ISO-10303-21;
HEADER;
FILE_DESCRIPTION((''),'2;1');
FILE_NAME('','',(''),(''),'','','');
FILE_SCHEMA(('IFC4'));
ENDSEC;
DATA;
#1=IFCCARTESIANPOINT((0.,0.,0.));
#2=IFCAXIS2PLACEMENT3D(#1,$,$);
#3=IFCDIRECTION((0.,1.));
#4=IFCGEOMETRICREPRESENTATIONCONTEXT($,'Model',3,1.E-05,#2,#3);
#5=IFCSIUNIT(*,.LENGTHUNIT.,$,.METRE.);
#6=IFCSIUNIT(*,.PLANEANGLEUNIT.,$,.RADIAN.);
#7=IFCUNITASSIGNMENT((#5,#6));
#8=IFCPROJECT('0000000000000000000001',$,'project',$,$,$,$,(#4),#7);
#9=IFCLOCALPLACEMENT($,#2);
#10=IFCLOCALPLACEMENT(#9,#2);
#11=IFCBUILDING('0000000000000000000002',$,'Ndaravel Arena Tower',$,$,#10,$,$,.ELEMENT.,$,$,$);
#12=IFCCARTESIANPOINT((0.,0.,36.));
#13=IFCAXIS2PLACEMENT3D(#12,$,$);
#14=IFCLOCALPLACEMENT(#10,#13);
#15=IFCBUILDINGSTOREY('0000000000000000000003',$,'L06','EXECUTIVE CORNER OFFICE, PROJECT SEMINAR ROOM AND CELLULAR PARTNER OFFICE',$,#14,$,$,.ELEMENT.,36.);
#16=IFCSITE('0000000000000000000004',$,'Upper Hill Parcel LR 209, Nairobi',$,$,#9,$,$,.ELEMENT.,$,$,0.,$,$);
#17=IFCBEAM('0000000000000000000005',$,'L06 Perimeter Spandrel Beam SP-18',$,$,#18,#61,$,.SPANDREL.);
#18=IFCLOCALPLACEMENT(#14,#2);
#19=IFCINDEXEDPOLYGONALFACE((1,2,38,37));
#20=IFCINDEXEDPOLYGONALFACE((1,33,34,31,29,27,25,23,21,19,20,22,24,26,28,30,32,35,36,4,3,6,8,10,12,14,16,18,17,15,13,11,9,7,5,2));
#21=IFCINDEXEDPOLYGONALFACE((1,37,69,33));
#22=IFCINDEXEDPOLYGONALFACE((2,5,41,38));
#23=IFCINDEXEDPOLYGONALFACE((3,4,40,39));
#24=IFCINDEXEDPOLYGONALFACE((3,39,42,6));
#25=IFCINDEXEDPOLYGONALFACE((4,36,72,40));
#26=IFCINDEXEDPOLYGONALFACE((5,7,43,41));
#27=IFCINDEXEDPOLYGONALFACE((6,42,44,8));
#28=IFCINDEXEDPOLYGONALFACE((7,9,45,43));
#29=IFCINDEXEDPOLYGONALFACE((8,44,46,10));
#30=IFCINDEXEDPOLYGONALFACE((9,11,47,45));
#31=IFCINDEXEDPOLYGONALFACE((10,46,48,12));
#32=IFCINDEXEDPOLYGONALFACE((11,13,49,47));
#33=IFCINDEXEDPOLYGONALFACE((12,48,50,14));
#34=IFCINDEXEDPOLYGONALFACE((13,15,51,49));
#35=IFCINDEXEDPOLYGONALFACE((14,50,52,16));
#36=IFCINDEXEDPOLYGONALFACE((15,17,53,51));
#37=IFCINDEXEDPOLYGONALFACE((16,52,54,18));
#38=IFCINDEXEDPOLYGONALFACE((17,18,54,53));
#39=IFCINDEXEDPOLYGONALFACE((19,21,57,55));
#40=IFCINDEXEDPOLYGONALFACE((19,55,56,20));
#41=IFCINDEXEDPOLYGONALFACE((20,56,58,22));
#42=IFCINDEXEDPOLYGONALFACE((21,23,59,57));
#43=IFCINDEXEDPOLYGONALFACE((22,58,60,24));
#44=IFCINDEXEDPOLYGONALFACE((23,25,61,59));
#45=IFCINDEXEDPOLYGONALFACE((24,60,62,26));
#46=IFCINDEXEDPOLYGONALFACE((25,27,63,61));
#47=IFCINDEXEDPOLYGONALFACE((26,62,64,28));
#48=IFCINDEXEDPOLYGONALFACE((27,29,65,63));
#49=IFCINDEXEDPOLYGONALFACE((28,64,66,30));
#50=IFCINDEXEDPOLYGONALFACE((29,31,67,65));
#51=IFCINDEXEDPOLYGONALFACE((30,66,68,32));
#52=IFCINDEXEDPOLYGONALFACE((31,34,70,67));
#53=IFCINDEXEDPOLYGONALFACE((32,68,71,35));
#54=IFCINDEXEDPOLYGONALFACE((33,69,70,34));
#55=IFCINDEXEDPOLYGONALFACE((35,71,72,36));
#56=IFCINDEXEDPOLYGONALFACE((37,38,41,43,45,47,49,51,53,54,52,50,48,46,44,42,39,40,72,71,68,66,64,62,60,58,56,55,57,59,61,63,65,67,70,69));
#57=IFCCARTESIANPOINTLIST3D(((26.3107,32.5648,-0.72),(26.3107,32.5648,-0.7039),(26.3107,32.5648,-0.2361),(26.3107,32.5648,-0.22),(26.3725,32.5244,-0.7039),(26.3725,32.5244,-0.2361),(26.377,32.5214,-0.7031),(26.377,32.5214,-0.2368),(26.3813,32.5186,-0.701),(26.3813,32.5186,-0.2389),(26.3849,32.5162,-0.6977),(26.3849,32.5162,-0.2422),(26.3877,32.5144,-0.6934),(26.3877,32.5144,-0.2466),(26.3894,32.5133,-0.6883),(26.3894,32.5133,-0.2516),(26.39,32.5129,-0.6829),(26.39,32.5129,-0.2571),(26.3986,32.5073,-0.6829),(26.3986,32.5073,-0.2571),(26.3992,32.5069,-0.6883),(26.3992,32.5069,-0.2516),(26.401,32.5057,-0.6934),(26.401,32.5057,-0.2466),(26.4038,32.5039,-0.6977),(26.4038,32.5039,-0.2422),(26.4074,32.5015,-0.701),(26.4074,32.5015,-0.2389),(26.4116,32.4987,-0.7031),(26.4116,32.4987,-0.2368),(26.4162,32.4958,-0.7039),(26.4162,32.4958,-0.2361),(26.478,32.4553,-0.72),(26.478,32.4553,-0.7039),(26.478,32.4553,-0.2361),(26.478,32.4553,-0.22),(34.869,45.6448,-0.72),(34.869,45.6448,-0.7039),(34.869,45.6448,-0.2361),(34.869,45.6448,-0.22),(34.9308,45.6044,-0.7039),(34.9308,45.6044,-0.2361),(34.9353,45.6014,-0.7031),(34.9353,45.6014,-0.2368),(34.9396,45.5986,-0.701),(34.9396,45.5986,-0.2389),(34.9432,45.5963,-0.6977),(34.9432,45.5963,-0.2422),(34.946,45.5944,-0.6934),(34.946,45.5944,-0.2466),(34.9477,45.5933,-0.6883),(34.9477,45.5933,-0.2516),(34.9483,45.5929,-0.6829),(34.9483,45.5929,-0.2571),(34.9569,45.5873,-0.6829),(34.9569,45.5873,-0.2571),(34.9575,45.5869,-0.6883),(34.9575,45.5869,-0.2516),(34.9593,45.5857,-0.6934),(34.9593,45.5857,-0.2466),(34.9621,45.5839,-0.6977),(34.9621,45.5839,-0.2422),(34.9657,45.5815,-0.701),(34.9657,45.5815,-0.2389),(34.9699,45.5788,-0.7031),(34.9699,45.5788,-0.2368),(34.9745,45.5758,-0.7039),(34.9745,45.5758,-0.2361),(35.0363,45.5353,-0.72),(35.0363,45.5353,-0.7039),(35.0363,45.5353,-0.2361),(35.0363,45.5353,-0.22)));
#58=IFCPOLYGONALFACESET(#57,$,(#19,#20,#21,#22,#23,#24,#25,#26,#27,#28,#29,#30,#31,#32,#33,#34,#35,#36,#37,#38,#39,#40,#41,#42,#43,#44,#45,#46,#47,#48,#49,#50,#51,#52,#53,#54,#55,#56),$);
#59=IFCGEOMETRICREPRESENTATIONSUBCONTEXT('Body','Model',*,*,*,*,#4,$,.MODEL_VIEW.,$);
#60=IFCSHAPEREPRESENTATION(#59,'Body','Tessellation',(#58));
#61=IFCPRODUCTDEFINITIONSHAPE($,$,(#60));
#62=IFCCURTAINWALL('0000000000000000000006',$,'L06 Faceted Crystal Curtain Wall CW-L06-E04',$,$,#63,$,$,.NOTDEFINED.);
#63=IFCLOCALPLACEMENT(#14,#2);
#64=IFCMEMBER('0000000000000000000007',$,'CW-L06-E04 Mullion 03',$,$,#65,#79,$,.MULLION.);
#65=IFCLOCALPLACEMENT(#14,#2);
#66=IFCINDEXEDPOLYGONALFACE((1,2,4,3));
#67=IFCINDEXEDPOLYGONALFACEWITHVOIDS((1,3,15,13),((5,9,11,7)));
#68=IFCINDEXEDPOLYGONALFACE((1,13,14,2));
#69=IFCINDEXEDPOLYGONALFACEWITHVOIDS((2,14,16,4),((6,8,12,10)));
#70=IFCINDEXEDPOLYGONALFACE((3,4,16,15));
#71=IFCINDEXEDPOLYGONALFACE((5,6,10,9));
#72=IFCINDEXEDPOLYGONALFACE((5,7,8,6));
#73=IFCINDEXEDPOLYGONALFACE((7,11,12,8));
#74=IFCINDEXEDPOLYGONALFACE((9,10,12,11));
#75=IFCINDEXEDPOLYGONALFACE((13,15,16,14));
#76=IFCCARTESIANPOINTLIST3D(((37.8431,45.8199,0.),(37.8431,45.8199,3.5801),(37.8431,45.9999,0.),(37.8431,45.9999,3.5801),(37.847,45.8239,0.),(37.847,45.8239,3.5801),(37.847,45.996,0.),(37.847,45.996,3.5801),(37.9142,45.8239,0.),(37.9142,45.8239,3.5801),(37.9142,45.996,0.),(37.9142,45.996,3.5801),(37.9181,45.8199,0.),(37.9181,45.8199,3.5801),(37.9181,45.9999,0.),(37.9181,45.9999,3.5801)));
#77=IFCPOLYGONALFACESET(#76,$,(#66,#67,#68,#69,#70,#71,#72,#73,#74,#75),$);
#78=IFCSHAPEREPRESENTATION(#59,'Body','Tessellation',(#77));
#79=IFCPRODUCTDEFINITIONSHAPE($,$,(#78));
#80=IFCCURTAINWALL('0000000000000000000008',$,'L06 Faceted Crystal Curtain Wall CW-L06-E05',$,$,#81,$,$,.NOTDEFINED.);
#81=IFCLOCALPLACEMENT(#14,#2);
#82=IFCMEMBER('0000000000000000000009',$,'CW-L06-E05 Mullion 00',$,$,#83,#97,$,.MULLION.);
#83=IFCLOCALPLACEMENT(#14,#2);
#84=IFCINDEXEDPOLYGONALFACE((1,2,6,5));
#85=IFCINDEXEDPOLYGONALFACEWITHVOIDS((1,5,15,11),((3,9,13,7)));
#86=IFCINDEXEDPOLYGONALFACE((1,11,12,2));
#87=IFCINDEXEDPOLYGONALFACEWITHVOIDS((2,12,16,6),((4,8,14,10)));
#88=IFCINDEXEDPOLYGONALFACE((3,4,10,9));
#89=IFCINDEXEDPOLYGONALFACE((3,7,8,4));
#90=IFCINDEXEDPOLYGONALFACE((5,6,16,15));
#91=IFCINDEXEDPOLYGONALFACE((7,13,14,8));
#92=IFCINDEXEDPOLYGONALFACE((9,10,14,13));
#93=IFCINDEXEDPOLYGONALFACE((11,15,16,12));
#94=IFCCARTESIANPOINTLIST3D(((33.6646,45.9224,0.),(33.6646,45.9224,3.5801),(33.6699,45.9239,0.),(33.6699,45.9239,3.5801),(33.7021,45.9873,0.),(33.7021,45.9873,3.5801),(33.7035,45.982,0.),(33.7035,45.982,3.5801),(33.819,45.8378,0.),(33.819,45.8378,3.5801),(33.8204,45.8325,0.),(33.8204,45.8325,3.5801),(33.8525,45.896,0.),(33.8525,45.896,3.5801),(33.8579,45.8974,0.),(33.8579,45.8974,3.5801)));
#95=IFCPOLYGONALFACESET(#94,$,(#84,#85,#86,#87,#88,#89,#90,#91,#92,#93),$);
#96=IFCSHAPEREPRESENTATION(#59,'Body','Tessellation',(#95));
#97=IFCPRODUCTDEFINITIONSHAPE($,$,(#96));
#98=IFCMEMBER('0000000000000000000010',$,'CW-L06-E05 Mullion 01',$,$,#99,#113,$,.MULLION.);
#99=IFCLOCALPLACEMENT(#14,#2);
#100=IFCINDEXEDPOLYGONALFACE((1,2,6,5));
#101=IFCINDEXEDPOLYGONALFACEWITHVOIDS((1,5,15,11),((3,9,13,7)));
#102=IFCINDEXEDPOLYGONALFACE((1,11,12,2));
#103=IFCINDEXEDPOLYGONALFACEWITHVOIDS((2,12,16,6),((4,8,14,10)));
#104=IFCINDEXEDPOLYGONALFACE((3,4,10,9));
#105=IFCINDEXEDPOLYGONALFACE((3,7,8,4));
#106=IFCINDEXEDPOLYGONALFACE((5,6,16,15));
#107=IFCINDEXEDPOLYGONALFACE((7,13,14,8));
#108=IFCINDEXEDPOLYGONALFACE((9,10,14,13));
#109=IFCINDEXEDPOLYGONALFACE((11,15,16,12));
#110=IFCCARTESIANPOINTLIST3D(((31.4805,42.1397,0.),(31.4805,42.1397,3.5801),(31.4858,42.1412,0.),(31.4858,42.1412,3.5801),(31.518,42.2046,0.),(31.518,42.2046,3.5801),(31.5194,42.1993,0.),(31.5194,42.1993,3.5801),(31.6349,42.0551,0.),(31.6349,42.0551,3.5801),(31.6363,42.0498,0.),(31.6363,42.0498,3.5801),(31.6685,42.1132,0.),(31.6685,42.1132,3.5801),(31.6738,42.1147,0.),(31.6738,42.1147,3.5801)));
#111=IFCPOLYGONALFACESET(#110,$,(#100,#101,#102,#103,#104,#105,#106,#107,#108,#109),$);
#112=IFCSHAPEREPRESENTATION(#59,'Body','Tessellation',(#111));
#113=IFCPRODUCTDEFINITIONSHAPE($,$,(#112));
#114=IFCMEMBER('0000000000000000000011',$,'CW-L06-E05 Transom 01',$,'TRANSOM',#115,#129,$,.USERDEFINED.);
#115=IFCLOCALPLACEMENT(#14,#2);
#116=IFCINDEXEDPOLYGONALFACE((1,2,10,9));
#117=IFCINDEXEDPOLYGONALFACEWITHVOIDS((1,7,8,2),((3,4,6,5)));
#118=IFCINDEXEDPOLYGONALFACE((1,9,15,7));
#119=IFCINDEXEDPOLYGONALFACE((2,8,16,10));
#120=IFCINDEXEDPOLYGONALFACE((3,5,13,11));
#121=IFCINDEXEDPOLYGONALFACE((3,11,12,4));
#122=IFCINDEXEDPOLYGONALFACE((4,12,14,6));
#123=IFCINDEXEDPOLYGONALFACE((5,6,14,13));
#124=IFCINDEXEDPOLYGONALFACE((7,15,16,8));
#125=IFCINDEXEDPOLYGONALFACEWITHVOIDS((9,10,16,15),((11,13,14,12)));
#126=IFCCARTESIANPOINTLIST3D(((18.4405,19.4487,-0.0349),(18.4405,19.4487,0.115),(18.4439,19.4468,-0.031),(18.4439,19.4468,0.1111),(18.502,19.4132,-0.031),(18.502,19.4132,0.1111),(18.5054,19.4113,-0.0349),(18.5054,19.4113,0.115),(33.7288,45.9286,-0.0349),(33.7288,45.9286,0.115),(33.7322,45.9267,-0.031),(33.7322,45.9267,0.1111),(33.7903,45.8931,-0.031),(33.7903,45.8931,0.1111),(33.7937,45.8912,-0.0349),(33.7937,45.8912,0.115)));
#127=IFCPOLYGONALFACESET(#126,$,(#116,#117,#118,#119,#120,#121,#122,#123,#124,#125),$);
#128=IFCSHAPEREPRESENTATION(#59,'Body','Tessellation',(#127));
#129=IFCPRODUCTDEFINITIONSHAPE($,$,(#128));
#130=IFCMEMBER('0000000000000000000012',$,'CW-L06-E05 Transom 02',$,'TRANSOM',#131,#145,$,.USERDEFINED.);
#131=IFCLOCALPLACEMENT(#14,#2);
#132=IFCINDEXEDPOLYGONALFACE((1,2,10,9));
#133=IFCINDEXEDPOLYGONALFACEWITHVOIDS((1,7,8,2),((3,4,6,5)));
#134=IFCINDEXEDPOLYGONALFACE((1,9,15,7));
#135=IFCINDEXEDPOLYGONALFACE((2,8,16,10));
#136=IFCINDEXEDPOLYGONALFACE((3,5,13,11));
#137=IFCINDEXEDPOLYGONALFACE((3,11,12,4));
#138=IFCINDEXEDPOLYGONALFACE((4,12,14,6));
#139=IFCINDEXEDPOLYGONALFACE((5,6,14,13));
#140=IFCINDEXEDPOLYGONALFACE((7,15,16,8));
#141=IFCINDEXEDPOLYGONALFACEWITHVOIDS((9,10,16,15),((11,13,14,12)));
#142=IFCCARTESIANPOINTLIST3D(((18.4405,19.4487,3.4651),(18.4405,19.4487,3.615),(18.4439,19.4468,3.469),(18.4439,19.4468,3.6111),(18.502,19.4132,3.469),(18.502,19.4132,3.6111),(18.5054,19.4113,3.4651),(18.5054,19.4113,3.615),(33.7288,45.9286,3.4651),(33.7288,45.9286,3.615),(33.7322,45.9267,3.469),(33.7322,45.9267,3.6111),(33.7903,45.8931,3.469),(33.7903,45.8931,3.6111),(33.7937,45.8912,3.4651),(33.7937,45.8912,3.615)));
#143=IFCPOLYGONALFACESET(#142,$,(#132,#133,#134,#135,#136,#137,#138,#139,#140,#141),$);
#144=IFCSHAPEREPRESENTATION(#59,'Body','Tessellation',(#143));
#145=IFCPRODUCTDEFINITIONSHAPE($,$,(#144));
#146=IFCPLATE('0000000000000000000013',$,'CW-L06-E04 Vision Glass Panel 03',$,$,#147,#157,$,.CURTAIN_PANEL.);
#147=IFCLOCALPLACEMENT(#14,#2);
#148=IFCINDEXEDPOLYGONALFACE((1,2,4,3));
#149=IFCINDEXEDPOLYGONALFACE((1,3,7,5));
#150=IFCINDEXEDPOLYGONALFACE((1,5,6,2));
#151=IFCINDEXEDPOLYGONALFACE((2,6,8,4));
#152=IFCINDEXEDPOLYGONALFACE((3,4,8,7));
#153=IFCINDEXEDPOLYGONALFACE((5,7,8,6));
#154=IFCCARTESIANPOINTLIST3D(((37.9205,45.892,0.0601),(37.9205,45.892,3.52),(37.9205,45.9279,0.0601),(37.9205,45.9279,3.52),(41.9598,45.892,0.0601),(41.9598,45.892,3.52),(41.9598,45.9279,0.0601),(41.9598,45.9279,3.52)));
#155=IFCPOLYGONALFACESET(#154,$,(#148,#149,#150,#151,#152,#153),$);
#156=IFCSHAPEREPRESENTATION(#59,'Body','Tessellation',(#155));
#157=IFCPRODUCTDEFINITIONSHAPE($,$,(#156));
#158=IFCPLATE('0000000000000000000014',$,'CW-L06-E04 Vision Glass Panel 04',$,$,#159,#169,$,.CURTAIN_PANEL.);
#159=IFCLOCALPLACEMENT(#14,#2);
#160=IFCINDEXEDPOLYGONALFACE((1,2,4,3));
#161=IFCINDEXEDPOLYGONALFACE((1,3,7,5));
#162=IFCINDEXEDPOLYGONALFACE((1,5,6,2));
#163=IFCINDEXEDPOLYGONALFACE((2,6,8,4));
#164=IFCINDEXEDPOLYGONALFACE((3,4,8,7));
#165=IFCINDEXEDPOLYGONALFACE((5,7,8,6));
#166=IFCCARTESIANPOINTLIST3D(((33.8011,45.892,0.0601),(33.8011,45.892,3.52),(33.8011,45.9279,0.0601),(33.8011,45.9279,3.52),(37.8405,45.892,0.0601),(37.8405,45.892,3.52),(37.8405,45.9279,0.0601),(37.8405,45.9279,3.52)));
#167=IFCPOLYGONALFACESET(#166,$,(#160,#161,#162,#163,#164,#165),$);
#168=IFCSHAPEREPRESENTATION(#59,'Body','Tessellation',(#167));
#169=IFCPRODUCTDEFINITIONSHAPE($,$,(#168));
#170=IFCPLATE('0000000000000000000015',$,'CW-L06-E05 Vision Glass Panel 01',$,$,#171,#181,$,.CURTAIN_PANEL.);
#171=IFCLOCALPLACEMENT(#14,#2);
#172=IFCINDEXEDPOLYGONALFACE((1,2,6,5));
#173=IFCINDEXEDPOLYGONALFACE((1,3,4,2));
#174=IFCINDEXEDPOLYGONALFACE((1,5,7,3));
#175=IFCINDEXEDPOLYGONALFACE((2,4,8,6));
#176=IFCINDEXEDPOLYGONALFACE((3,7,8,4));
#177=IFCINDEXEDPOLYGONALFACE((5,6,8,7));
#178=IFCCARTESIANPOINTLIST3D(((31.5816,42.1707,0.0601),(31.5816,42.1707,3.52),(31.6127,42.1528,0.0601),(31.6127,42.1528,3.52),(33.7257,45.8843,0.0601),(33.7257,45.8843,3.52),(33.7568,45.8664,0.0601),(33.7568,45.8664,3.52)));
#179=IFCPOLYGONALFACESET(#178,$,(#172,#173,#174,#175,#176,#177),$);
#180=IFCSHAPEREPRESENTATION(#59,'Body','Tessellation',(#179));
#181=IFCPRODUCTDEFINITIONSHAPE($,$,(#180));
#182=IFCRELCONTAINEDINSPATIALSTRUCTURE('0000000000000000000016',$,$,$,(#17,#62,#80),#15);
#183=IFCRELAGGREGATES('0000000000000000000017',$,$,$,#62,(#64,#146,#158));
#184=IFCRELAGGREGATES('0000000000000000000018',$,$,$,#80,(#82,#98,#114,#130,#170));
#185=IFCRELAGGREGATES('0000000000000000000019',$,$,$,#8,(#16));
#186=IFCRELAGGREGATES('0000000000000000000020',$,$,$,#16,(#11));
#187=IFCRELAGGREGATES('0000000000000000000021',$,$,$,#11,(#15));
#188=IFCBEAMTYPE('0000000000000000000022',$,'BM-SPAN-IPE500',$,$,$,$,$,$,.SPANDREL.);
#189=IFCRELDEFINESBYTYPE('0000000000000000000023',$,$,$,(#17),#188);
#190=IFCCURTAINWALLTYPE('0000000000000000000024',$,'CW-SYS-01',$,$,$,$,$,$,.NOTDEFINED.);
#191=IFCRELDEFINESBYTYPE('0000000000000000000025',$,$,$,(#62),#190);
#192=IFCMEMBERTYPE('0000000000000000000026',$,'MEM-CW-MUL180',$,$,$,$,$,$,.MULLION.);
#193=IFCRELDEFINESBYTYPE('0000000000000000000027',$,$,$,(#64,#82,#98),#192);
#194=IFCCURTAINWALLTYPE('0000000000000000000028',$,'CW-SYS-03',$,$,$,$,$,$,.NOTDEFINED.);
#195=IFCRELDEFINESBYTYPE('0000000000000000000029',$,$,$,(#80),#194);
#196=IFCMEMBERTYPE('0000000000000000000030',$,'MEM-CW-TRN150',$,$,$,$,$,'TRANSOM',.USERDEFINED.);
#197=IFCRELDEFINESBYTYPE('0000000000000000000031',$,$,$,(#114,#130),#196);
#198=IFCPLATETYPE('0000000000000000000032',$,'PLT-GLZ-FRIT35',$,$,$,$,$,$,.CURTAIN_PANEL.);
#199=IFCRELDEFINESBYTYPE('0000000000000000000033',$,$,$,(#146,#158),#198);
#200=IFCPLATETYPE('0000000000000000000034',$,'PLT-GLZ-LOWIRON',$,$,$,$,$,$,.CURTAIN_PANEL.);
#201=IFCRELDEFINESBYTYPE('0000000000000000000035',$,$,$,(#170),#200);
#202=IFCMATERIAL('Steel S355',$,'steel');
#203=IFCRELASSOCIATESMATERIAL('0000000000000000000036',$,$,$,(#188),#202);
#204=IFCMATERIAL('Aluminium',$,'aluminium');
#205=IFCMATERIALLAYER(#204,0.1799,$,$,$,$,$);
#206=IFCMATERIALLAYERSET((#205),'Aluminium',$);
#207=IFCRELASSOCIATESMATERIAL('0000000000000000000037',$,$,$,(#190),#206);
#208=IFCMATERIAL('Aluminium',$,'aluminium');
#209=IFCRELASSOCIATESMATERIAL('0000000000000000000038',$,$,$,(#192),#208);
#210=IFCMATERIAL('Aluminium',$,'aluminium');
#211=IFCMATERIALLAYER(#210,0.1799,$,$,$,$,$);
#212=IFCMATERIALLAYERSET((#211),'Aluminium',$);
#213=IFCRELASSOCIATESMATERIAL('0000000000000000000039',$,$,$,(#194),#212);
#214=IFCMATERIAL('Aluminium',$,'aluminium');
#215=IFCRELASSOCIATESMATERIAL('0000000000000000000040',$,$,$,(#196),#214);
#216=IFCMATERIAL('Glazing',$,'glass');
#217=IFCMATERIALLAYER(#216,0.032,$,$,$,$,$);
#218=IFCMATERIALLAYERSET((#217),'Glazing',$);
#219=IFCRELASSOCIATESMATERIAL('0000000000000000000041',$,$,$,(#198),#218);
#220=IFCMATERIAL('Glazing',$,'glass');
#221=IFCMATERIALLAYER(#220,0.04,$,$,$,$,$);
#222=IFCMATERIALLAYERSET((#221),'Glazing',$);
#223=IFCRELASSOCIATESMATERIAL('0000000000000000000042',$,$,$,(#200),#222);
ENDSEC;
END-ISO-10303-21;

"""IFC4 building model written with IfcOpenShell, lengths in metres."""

from ifc_helpers import new_model, si_unit, direction, frame, origin, origin_2d, place, context, subcontext, project, spatial, rectangle, hollow_rectangle, i_section, extrude, material, layer, layer_set, material_profile, profile_set, type_object, element, aggregate, save


model = new_model("IFC4")

# Units and contexts
model_context = context("Model", 3, precision=1e-05, world=origin(), true_north=direction((0.0, 1.0)))
body_context = subcontext(model_context, "Body", "Model", "MODEL_VIEW")
ifc_project = project(units=[si_unit("LENGTHUNIT", "METRE"), si_unit("PLANEANGLEUNIT", "RADIAN")], contexts=[model_context])

# Site, building, storey
site_placement = place(None, origin())
site = spatial("IfcSite", under=ifc_project, at=site_placement, Name="Upper Hill Parcel LR 209, Nairobi", CompositionType="ELEMENT", RefElevation=0.0)
building_placement = place(site_placement, origin())
building = spatial("IfcBuilding", under=site, at=building_placement, Name="Ndaravel Arena Tower", CompositionType="ELEMENT")
storey_placement = place(building_placement, frame((0.0, 0.0, 36.0)))
storey = spatial("IfcBuildingStorey", under=building, at=storey_placement, Name="L06", Description="EXECUTIVE CORNER OFFICE, PROJECT SEMINAR ROOM AND CELLULAR PARTNER OFFICE", CompositionType="ELEMENT", Elevation=36.0)

# Beam
ifc_material_1 = material(Name="Steel S355", Category="steel")
ifc_material_profile_1 = material_profile(ifc_material_1, i_section(OverallWidth=0.2, OverallDepth=0.5, WebThickness=0.0103, FlangeThickness=0.0161, FilletRadius=0.021, at=origin_2d()), Name="IPE 500")
ifc_profile_set_1 = profile_set([ifc_material_profile_1], Name="Steel S355")
beam_type_1 = type_object("IfcBeamType", Name="BM-SPAN-IPE500", PredefinedType="SPANDREL", material=ifc_profile_set_1)
beam_1_placement = place(storey_placement, frame((34.9526, 45.5901, -0.47), z_axis=(-0.547518, -0.836794, 0.0), x_axis=(0.836794, -0.547518, 0.0)))
element("IfcBeam", 1, at=beam_1_placement, inside=storey, type_object=beam_type_1, Name="L06 Perimeter Spandrel Beam SP-18", PredefinedType="SPANDREL", context=body_context, shape_type="SweptSolid", body=[
    extrude(i_section(OverallWidth=0.2, OverallDepth=0.5, WebThickness=0.0103, FlangeThickness=0.0161, FilletRadius=0.021, at=origin_2d()), origin(), (0.0, 0.0, 1.0), 15.6311),
])

# Curtain wall, member
ifc_material_2 = material(Name="Aluminium", Category="aluminium")
ifc_layer_1 = layer(ifc_material_2, 0.1799)
ifc_layer_set_1 = layer_set([ifc_layer_1], Name="Aluminium")
curtain_wall_type_1 = type_object("IfcCurtainWallType", Name="CW-SYS-01", PredefinedType="NOTDEFINED", material=ifc_layer_set_1)
curtain_wall_1_placement = place(storey_placement, origin())
curtain_wall_1 = element("IfcCurtainWall", 2, at=curtain_wall_1_placement, inside=storey, type_object=curtain_wall_type_1, Name="L06 Faceted Crystal Curtain Wall CW-L06-E04", PredefinedType="NOTDEFINED")
ifc_material_3 = material(Name="Aluminium", Category="aluminium")
ifc_material_profile_2 = material_profile(ifc_material_3, hollow_rectangle(XDim=0.075, YDim=0.1799, WallThickness=0.0039, at=origin_2d()), Name="CW MULLION 75x180x4")
ifc_profile_set_2 = profile_set([ifc_material_profile_2], Name="Aluminium")
member_type_1 = type_object("IfcMemberType", Name="MEM-CW-MUL180", PredefinedType="MULLION", material=ifc_profile_set_2)
member_1_placement = place(storey_placement, frame((37.8806, 45.9099, 0.0), z_axis=(0.0, 0.0, 1.0), x_axis=(-1.0, 0.0, 0.0)))
member_1 = element("IfcMember", 3, at=member_1_placement, type_object=member_type_1, Name="CW-L06-E04 Mullion 03", PredefinedType="MULLION", context=body_context, shape_type="SweptSolid", body=[
    extrude(hollow_rectangle(XDim=0.075, YDim=0.1799, WallThickness=0.0039, at=origin_2d()), origin(), (0.0, 0.0, 1.0), 3.5801),
])

# Curtain wall, members
ifc_material_4 = material(Name="Aluminium", Category="aluminium")
ifc_layer_2 = layer(ifc_material_4, 0.1799)
ifc_layer_set_2 = layer_set([ifc_layer_2], Name="Aluminium")
curtain_wall_type_2 = type_object("IfcCurtainWallType", Name="CW-SYS-03", PredefinedType="NOTDEFINED", material=ifc_layer_set_2)
curtain_wall_2_placement = place(storey_placement, origin())
curtain_wall_2 = element("IfcCurtainWall", 4, at=curtain_wall_2_placement, inside=storey, type_object=curtain_wall_type_2, Name="L06 Faceted Crystal Curtain Wall CW-L06-E05", PredefinedType="NOTDEFINED")
member_2_placement = place(storey_placement, frame((33.7612, 45.9099, 0.0), z_axis=(0.0, 0.0, 1.0), x_axis=(-0.5, -0.866025, 0.0)))
member_2 = element("IfcMember", 5, at=member_2_placement, type_object=member_type_1, Name="CW-L06-E05 Mullion 00", PredefinedType="MULLION", context=body_context, shape_type="SweptSolid", body=[
    extrude(hollow_rectangle(XDim=0.075, YDim=0.1799, WallThickness=0.0039, at=origin_2d()), origin(), (0.0, 0.0, 1.0), 3.5801),
])
member_3_placement = place(storey_placement, frame((31.5771, 42.1272, 0.0), z_axis=(0.0, 0.0, 1.0), x_axis=(-0.5, -0.866025, 0.0)))
member_3 = element("IfcMember", 6, at=member_3_placement, type_object=member_type_1, Name="CW-L06-E05 Mullion 01", PredefinedType="MULLION", context=body_context, shape_type="SweptSolid", body=[
    extrude(hollow_rectangle(XDim=0.075, YDim=0.1799, WallThickness=0.0039, at=origin_2d()), origin(), (0.0, 0.0, 1.0), 3.5801),
])
ifc_material_5 = material(Name="Aluminium", Category="aluminium")
ifc_material_profile_3 = material_profile(ifc_material_5, hollow_rectangle(XDim=0.075, YDim=0.1499, WallThickness=0.0039, at=origin_2d()), Name="CW TRANSOM 75x150x4")
ifc_profile_set_3 = profile_set([ifc_material_profile_3], Name="Aluminium")
member_type_2 = type_object("IfcMemberType", Name="MEM-CW-TRN150", ElementType="TRANSOM", PredefinedType="USERDEFINED", material=ifc_profile_set_3)
member_4_placement = place(storey_placement, frame((33.7612, 45.9099, 0.04), z_axis=(-0.500003, -0.866024, 0.0), x_axis=(0.866024, -0.500003, 0.0)))
member_4 = element("IfcMember", 7, at=member_4_placement, type_object=member_type_2, Name="CW-L06-E05 Transom 01", ObjectType="TRANSOM", PredefinedType="USERDEFINED", context=body_context, shape_type="SweptSolid", body=[
    extrude(hollow_rectangle(XDim=0.075, YDim=0.1499, WallThickness=0.0039, at=origin_2d()), origin(), (0.0, 0.0, 1.0), 30.5764),
])
member_5_placement = place(storey_placement, frame((33.7612, 45.9099, 3.54), z_axis=(-0.500003, -0.866024, 0.0), x_axis=(0.866024, -0.500003, 0.0)))
member_5 = element("IfcMember", 8, at=member_5_placement, type_object=member_type_2, Name="CW-L06-E05 Transom 02", ObjectType="TRANSOM", PredefinedType="USERDEFINED", context=body_context, shape_type="SweptSolid", body=[
    extrude(hollow_rectangle(XDim=0.075, YDim=0.1499, WallThickness=0.0039, at=origin_2d()), origin(), (0.0, 0.0, 1.0), 30.5764),
])

# Plates
ifc_material_6 = material(Name="Glazing", Category="glass")
ifc_layer_3 = layer(ifc_material_6, 0.032)
ifc_layer_set_3 = layer_set([ifc_layer_3], Name="Glazing")
plate_type_1 = type_object("IfcPlateType", Name="PLT-GLZ-FRIT35", PredefinedType="CURTAIN_PANEL", material=ifc_layer_set_3)
plate_1_placement = place(storey_placement, frame((39.9402, 45.9099, 0.0601), z_axis=(0.0, 0.0, 1.0), x_axis=(-1.0, 0.0, 0.0)))
plate_1 = element("IfcPlate", 9, at=plate_1_placement, type_object=plate_type_1, Name="CW-L06-E04 Vision Glass Panel 03", PredefinedType="CURTAIN_PANEL", context=body_context, shape_type="SweptSolid", body=[
    extrude(rectangle(XDim=4.0393, YDim=0.0359, at=origin_2d()), origin(), (0.0, 0.0, 1.0), 3.46),
])
plate_2_placement = place(storey_placement, frame((35.8208, 45.9099, 0.0601), z_axis=(0.0, 0.0, 1.0), x_axis=(-1.0, 0.0, 0.0)))
plate_2 = element("IfcPlate", 10, at=plate_2_placement, type_object=plate_type_1, Name="CW-L06-E04 Vision Glass Panel 04", PredefinedType="CURTAIN_PANEL", context=body_context, shape_type="SweptSolid", body=[
    extrude(rectangle(XDim=4.0393, YDim=0.0359, at=origin_2d()), origin(), (0.0, 0.0, 1.0), 3.46),
])
aggregate(curtain_wall_1, [member_1, plate_1, plate_2])
ifc_material_7 = material(Name="Glazing", Category="glass")
ifc_layer_4 = layer(ifc_material_7, 0.04)
ifc_layer_set_4 = layer_set([ifc_layer_4], Name="Glazing")
plate_type_2 = type_object("IfcPlateType", Name="PLT-GLZ-LOWIRON", PredefinedType="CURTAIN_PANEL", material=ifc_layer_set_4)
plate_3_placement = place(storey_placement, frame((32.6692, 44.0186, 0.0601), z_axis=(0.0, 0.0, 1.0), x_axis=(-0.5, -0.866025, 0.0)))
plate_3 = element("IfcPlate", 11, at=plate_3_placement, type_object=plate_type_2, Name="CW-L06-E05 Vision Glass Panel 01", PredefinedType="CURTAIN_PANEL", context=body_context, shape_type="SweptSolid", body=[
    extrude(rectangle(XDim=4.2881, YDim=0.0359, at=origin_2d()), origin(), (0.0, 0.0, 1.0), 3.46),
])
aggregate(curtain_wall_2, [member_2, member_3, member_4, member_5, plate_3])

save(model, "model.ifc")
